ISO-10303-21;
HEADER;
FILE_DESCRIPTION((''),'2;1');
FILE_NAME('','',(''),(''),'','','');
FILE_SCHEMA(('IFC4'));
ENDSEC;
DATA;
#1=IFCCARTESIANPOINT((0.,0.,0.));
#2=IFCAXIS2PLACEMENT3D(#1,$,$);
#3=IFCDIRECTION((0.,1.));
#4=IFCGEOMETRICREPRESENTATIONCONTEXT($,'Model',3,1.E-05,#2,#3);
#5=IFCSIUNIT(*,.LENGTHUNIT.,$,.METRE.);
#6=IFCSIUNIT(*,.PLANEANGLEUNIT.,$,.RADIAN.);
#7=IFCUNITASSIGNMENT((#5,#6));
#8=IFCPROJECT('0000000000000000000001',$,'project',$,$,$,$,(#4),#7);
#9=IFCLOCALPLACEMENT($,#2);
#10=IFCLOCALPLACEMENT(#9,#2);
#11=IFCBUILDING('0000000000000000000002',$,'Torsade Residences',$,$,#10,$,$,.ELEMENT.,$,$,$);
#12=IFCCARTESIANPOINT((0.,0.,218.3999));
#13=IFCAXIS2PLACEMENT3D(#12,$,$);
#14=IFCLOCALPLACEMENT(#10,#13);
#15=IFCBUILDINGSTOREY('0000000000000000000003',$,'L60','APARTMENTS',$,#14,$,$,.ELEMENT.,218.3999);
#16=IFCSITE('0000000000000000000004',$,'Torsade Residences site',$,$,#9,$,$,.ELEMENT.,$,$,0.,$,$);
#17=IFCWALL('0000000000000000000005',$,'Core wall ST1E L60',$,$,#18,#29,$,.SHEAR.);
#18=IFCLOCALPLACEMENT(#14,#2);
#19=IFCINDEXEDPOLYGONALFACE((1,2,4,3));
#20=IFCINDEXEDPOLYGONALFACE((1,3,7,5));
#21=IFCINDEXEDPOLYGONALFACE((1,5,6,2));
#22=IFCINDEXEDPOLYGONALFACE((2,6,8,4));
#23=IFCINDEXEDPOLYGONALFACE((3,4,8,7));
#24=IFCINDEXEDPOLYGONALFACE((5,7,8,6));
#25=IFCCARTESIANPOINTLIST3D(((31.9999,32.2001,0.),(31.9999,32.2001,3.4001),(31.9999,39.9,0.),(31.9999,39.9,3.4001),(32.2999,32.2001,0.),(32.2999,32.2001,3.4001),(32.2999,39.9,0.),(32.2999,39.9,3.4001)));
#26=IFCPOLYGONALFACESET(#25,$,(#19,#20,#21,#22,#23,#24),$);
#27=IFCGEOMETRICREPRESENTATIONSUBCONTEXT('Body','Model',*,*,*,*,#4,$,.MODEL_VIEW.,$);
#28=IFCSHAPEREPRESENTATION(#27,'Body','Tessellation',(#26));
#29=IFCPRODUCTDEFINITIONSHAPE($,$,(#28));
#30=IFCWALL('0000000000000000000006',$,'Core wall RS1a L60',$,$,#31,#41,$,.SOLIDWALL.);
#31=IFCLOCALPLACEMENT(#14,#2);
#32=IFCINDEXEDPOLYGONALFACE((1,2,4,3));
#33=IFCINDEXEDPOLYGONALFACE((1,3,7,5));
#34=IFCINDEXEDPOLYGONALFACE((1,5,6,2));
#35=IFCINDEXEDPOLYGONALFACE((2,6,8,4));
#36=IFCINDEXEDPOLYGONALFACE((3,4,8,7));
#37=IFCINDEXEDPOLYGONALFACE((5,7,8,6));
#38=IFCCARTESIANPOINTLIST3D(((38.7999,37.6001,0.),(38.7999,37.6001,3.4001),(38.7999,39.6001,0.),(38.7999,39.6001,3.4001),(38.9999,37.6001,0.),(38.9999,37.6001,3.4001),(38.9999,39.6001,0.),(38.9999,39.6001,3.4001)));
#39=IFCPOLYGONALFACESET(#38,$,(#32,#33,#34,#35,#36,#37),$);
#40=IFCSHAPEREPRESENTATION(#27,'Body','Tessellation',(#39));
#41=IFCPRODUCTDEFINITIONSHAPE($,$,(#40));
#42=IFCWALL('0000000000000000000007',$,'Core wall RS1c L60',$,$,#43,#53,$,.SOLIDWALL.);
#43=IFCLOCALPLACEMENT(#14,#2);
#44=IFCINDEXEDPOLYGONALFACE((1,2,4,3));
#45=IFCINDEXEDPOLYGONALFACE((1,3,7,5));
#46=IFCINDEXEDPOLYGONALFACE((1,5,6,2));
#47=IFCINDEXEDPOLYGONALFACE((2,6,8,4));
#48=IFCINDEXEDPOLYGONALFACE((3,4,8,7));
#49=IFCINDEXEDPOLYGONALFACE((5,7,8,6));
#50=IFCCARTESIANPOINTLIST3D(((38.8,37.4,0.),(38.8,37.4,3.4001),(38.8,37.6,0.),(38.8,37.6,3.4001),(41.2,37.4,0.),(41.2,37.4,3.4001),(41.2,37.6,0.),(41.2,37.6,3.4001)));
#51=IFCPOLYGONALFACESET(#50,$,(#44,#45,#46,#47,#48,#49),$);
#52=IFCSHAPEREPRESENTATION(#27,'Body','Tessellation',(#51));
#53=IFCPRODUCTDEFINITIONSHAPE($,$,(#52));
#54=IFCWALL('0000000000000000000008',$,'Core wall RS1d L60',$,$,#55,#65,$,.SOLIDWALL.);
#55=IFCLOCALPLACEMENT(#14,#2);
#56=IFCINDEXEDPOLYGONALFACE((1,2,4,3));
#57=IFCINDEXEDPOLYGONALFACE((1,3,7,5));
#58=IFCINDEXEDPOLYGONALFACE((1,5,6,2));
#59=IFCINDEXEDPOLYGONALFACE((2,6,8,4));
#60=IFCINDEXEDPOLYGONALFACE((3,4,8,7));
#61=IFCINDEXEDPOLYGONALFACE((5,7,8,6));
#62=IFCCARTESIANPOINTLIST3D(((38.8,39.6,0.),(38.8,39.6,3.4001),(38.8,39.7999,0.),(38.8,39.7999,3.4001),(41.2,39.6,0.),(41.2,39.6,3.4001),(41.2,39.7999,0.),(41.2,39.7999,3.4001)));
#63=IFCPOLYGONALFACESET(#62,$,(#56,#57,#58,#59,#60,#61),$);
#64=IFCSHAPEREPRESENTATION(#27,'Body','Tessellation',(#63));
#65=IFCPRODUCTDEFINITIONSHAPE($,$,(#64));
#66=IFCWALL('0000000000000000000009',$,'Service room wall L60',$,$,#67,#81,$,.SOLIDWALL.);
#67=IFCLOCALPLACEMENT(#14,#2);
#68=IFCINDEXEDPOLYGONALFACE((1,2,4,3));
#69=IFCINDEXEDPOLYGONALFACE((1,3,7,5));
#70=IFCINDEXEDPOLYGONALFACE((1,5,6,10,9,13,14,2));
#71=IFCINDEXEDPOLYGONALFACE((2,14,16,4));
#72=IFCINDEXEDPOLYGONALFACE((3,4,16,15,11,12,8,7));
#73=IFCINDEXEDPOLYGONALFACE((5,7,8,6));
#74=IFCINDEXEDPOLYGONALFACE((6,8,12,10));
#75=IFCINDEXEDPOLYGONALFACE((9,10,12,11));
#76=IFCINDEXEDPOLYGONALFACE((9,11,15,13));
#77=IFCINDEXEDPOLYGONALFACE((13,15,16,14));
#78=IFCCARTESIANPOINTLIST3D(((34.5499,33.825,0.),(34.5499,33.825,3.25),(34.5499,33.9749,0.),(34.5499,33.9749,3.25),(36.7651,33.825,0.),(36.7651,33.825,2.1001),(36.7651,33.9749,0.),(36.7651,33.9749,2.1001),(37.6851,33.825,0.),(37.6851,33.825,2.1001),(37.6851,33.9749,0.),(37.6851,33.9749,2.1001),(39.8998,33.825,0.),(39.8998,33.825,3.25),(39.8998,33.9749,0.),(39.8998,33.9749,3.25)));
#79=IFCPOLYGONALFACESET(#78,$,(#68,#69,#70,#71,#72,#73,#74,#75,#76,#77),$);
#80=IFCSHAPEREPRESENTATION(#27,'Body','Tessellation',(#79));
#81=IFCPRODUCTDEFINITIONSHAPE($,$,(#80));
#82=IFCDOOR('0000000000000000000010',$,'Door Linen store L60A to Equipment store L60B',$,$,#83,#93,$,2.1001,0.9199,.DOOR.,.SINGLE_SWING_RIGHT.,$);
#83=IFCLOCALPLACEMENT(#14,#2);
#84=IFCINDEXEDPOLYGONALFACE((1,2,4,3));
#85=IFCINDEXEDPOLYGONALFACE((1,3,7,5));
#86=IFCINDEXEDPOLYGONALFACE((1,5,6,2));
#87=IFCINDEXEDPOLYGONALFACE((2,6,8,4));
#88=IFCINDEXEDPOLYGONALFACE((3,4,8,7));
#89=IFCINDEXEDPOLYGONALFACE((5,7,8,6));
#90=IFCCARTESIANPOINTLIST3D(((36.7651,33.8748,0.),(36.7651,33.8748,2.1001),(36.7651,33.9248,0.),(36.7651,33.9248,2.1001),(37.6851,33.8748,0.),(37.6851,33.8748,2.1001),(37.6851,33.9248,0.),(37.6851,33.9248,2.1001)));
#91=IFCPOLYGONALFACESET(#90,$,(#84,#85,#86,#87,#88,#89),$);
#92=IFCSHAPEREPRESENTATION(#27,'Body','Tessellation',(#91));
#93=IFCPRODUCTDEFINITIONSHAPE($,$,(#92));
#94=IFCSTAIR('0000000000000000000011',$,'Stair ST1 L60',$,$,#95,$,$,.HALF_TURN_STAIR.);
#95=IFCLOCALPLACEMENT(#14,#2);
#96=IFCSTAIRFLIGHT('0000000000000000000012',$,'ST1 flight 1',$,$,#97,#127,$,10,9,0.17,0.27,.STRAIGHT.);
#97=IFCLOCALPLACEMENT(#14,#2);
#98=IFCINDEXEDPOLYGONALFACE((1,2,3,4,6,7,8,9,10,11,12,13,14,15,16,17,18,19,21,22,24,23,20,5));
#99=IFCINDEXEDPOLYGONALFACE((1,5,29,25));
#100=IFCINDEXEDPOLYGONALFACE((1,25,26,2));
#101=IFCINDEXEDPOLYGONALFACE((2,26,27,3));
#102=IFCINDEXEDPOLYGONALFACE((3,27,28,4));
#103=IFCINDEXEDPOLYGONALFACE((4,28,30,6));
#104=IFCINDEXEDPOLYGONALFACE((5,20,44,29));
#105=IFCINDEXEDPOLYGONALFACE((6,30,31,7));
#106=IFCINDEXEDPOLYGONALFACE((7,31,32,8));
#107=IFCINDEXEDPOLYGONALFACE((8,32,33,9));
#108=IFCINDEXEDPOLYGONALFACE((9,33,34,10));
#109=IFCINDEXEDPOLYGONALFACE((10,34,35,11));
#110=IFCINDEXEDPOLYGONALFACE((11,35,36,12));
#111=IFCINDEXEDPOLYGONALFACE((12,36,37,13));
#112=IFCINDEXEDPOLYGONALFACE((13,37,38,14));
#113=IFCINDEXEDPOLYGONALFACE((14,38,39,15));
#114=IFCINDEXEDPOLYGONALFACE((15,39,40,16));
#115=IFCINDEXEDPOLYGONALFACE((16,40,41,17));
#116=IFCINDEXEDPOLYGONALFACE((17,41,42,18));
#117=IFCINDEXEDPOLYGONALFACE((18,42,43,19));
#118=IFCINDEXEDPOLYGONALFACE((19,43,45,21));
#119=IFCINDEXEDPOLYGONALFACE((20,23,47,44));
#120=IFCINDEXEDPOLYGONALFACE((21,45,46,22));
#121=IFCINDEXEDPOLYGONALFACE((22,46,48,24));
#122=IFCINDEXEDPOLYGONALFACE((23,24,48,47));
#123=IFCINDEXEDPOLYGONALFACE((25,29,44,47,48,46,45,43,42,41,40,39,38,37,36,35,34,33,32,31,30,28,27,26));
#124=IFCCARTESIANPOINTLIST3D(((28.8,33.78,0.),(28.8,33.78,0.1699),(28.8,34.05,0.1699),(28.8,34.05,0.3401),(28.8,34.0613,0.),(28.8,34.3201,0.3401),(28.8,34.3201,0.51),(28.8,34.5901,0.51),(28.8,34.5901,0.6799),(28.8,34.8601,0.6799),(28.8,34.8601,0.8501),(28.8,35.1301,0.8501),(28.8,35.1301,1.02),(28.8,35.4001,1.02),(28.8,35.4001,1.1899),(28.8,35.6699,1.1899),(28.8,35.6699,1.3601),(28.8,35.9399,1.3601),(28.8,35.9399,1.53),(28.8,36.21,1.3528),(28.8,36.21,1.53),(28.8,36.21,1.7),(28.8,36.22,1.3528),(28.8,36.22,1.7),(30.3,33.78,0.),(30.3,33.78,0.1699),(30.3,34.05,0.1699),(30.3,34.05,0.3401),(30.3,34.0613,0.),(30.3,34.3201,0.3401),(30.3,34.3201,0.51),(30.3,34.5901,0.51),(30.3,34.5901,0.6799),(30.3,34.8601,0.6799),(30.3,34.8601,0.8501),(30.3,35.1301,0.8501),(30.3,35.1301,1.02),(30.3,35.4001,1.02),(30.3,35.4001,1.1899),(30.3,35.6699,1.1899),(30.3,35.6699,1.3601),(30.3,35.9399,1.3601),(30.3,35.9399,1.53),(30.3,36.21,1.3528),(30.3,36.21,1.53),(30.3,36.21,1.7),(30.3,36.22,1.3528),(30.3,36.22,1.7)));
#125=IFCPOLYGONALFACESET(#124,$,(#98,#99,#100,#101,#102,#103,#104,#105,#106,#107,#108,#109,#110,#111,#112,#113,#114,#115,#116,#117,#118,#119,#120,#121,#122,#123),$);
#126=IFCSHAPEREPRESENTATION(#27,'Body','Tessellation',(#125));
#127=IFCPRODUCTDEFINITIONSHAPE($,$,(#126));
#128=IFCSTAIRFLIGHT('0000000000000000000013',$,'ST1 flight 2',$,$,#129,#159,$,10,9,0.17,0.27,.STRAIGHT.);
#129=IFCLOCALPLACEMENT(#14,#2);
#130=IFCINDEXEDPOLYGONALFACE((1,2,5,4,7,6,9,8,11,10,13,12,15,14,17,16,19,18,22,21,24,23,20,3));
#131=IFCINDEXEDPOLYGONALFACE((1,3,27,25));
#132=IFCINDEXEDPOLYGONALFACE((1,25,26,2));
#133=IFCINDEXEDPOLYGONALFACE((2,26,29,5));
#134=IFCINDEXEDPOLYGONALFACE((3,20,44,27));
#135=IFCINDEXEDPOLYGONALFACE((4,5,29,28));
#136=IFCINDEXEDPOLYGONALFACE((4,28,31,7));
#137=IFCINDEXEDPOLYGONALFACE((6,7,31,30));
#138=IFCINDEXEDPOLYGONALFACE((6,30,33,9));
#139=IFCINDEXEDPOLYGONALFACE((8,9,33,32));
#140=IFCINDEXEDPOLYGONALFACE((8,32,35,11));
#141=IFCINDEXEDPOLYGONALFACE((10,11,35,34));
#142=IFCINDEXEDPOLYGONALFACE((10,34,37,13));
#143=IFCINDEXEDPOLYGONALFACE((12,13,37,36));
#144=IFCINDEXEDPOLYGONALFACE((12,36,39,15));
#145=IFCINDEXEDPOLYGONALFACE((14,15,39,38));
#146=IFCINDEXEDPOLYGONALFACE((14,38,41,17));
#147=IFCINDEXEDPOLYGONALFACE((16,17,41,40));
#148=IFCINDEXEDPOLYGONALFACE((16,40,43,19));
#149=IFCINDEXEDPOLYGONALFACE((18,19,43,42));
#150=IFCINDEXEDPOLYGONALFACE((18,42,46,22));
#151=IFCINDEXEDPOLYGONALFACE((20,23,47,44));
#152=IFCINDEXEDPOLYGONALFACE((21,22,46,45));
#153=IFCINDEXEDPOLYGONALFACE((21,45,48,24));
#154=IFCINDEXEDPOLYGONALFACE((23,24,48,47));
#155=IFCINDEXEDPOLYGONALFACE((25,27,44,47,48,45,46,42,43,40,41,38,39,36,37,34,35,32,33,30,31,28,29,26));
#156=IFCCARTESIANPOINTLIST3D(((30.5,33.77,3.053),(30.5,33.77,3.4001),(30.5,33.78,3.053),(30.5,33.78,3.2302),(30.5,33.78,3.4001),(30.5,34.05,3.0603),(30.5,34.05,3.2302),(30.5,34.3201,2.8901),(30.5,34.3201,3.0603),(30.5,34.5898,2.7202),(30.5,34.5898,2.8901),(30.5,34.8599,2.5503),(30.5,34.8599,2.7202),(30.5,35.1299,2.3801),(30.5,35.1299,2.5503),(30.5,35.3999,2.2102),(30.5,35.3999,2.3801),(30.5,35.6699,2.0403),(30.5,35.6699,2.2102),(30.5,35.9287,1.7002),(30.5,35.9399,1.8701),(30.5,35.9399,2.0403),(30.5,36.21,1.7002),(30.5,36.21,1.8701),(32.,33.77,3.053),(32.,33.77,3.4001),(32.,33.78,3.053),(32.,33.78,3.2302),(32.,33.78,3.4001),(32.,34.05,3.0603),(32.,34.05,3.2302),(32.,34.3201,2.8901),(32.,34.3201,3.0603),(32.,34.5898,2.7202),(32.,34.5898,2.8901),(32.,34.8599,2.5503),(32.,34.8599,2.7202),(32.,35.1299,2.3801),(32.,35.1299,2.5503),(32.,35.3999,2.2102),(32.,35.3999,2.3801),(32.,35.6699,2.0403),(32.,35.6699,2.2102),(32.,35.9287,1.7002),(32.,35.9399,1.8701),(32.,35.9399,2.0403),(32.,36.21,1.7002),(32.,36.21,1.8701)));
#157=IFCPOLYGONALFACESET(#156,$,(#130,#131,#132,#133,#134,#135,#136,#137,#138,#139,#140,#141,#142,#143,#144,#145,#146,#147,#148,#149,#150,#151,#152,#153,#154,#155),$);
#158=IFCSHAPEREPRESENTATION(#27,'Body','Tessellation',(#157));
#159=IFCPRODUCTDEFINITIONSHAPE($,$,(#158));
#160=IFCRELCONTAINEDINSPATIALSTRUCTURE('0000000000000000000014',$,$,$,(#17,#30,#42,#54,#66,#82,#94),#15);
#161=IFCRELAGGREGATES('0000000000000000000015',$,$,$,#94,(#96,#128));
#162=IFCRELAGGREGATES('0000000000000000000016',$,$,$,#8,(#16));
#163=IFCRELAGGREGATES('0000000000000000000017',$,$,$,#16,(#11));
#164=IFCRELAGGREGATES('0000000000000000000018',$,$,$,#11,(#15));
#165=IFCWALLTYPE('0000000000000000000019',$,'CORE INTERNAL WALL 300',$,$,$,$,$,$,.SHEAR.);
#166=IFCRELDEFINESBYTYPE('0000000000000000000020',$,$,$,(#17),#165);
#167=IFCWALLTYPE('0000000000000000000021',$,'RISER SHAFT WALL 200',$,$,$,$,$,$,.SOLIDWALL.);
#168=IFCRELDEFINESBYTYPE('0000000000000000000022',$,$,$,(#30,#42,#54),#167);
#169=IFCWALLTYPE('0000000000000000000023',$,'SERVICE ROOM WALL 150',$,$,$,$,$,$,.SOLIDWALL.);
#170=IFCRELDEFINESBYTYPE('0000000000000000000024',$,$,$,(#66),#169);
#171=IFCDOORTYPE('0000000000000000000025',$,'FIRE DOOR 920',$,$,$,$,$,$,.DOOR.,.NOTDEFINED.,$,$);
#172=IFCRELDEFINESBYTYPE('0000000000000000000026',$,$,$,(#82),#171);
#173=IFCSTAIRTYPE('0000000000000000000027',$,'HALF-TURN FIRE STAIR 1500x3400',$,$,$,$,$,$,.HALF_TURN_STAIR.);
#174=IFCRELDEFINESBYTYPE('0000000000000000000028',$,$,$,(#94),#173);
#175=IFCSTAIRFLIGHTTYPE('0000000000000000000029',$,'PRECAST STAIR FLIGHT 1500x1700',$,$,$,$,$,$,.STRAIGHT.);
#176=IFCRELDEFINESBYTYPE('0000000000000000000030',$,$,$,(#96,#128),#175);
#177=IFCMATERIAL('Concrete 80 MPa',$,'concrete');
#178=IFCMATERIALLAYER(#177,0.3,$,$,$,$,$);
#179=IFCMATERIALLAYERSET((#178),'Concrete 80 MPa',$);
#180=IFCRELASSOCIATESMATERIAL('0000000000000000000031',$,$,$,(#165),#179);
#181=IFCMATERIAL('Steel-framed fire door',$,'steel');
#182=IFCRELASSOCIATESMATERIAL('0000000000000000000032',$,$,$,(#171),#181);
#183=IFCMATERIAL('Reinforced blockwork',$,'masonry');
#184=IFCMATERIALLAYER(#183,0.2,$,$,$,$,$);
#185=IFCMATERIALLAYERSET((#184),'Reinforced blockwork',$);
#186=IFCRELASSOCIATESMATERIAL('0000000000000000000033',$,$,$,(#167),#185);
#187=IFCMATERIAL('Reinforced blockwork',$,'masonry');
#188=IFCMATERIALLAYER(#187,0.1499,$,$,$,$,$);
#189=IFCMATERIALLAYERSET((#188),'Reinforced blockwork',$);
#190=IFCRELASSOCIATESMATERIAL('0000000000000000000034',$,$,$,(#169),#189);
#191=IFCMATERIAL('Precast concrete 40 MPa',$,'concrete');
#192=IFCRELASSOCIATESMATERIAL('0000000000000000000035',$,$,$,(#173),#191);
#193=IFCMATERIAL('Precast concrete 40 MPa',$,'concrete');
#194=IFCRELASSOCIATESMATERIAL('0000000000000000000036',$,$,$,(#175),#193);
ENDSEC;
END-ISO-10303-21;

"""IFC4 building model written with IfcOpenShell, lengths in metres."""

from ifc_helpers import new_model, si_unit, direction, frame, frame_2d, origin, place, context, subcontext, project, spatial, polyline, rectangle, outline, extrude, material, layer, layer_set, type_object, element, fill, aggregate, save


model = new_model("IFC4")

# Units and contexts
model_context = context("Model", 3, precision=1e-05, world=origin(), true_north=direction((0.0, 1.0)))
body_context = subcontext(model_context, "Body", "Model", "MODEL_VIEW")
ifc_project = project(units=[si_unit("LENGTHUNIT", "METRE"), si_unit("PLANEANGLEUNIT", "RADIAN")], contexts=[model_context])

# Site, building, storey
site_placement = place(None, origin())
site = spatial("IfcSite", under=ifc_project, at=site_placement, Name="Torsade Residences site", CompositionType="ELEMENT", RefElevation=0.0)
building_placement = place(site_placement, origin())
building = spatial("IfcBuilding", under=site, at=building_placement, Name="Torsade Residences", CompositionType="ELEMENT")
storey_placement = place(building_placement, frame((0.0, 0.0, 218.3999)))
storey = spatial("IfcBuildingStorey", under=building, at=storey_placement, Name="L60", Description="APARTMENTS", CompositionType="ELEMENT", Elevation=218.3999)

# Shared definitions
ifc_material_1 = material(Name="Concrete 80 MPa", Category="concrete")
ifc_layer_1 = layer(ifc_material_1, 0.3)
ifc_layer_set_1 = layer_set([ifc_layer_1], Name="Concrete 80 MPa")
wall_type_1 = type_object("IfcWallType", Name="CORE INTERNAL WALL 300", PredefinedType="SHEAR", material=ifc_layer_set_1)
ifc_material_2 = material(Name="Steel-framed fire door", Category="steel")
door_type_1 = type_object("IfcDoorType", Name="FIRE DOOR 920", OperationType="NOTDEFINED", PredefinedType="DOOR", material=ifc_material_2)

# Walls
wall_1_placement = place(storey_placement, frame((32.1499, 32.2, 0.0), z_axis=(0.0, 0.0, 1.0), x_axis=(0.0, 1.0, 0.0)))
element("IfcWall", 1, at=wall_1_placement, inside=storey, type_object=wall_type_1, Name="Core wall ST1E L60", PredefinedType="SHEAR", context=body_context, shape_type="SweptSolid", body=[
    extrude(rectangle(XDim=7.7, YDim=0.3, at=frame_2d((3.8501, 0.0))), origin(), (0.0, 0.0, 1.0), 3.4001),
])
ifc_material_3 = material(Name="Reinforced blockwork", Category="masonry")
ifc_layer_2 = layer(ifc_material_3, 0.2)
ifc_layer_set_2 = layer_set([ifc_layer_2], Name="Reinforced blockwork")
wall_type_2 = type_object("IfcWallType", Name="RISER SHAFT WALL 200", PredefinedType="SOLIDWALL", material=ifc_layer_set_2)
wall_2_placement = place(storey_placement, frame((38.8999, 37.6001, 0.0), z_axis=(0.0, 0.0, 1.0), x_axis=(0.0, 1.0, 0.0)))
element("IfcWall", 2, at=wall_2_placement, inside=storey, type_object=wall_type_2, Name="Core wall RS1a L60", PredefinedType="SOLIDWALL", context=body_context, shape_type="SweptSolid", body=[
    extrude(rectangle(XDim=2.0, YDim=0.2, at=frame_2d((1.0, 0.0))), origin(), (0.0, 0.0, 1.0), 3.4001),
])
for number, where, z_axis, x_axis, name in (
    (3, (38.8, 37.5, 0.0), (0.0, 0.0, 1.0), (1.0, 0.0, 0.0), "Core wall RS1c L60"),
    (4, (38.8, 39.7, 0.0), (0.0, 0.0, 1.0), (1.0, 0.0, 0.0), "Core wall RS1d L60"),
):
    element("IfcWall", number, at=place(storey_placement, frame(where, z_axis=z_axis, x_axis=x_axis)), inside=storey, type_object=wall_type_2, Name=name, PredefinedType="SOLIDWALL", context=body_context, shape_type="SweptSolid", body=[
        extrude(rectangle(XDim=2.3999, YDim=0.2, at=frame_2d((1.2, 0.0))), origin(), (0.0, 0.0, 1.0), 3.4001),
    ])

# Wall, opening, door
ifc_material_4 = material(Name="Reinforced blockwork", Category="masonry")
ifc_layer_3 = layer(ifc_material_4, 0.1499)
ifc_layer_set_3 = layer_set([ifc_layer_3], Name="Reinforced blockwork")
wall_type_3 = type_object("IfcWallType", Name="SERVICE ROOM WALL 150", PredefinedType="SOLIDWALL", material=ifc_layer_set_3)
wall_3_placement = place(storey_placement, frame((34.55, 33.8999, 0.0), z_axis=(0.0, 0.0, 1.0), x_axis=(1.0, 0.0, 0.0)))
wall_3 = element("IfcWall", 5, at=wall_3_placement, inside=storey, type_object=wall_type_3, Name="Service room wall L60", PredefinedType="SOLIDWALL", context=body_context, shape_type="SweptSolid", body=[
    extrude(rectangle(XDim=5.3499, YDim=0.1499, at=frame_2d((2.6748, 0.0))), origin(), (0.0, 0.0, 1.0), 3.25),
])
opening_1_placement = place(wall_3_placement, frame((2.2151, 0.0, 0.0)))
opening_1 = element("IfcOpeningElement", 6, at=opening_1_placement, cuts=wall_3, PredefinedType="OPENING", context=body_context, shape_type="SweptSolid", body=[
    extrude(rectangle(XDim=0.9199, YDim=2.1001, at=frame_2d((0.46, 1.05))), frame((0.0, 0.085, 0.0), z_axis=(0.0, -1.0, 0.0), x_axis=(1.0, 0.0, 0.0)), (0.0, 0.0, 1.0), 0.1699),
])
door_1_placement = place(opening_1_placement, origin())
door_1 = element("IfcDoor", 7, at=door_1_placement, inside=storey, type_object=door_type_1, Name="Door Linen store L60A to Equipment store L60B", OperationType="SINGLE_SWING_RIGHT", OverallHeight=2.1001, OverallWidth=0.9199, PredefinedType="DOOR", context=body_context, shape_type="SweptSolid", body=[
    extrude(rectangle(XDim=0.9199, YDim=2.1001, at=frame_2d((0.46, 1.05))), frame((0.0, 0.0249, 0.0), z_axis=(0.0, -1.0, 0.0), x_axis=(1.0, 0.0, 0.0)), (0.0, 0.0, 1.0), 0.05),
])
fill(opening_1, door_1)

# Stair, stair flights
ifc_material_5 = material(Name="Precast concrete 40 MPa", Category="concrete")
stair_type = type_object("IfcStairType", Name="HALF-TURN FIRE STAIR 1500x3400", PredefinedType="HALF_TURN_STAIR", material=ifc_material_5)
stair_placement = place(storey_placement, origin())
stair = element("IfcStair", 8, at=stair_placement, inside=storey, type_object=stair_type, Name="Stair ST1 L60", PredefinedType="HALF_TURN_STAIR")
ifc_material_6 = material(Name="Precast concrete 40 MPa", Category="concrete")
stair_flight_type = type_object("IfcStairFlightType", Name="PRECAST STAIR FLIGHT 1500x1700", PredefinedType="STRAIGHT", material=ifc_material_6)
stair_flight_1_placement = place(storey_placement, frame((29.55, 33.78, 0.0), z_axis=(0.0, 0.0, 1.0), x_axis=(0.0, 1.0, 0.0)))
stair_flight_1 = element("IfcStairFlight", 9, at=stair_flight_1_placement, type_object=stair_flight_type, Name="ST1 flight 1", NumberOfRisers=10, NumberOfTreads=9, PredefinedType="STRAIGHT", RiserHeight=0.17, TreadLength=0.27, context=body_context, shape_type="SweptSolid", body=[
    extrude(outline(polyline([(0.0, 0.0), (0.0, 0.1699), (0.27, 0.1699), (0.27, 0.3401), (0.54, 0.3401), (0.54, 0.51), (0.8101, 0.51), (0.8101, 0.6799), (1.0801, 0.6799), (1.0801, 0.8501), (1.3501, 0.8501), (1.3501, 1.02), (1.6201, 1.02), (1.6201, 1.1899), (1.8899, 1.1899), (1.8899, 1.3601), (2.1599, 1.3601), (2.1599, 1.53), (2.4299, 1.53), (2.4299, 1.7), (2.4399, 1.7), (2.4399, 1.3528), (2.4299, 1.3528), (0.2812, 0.0), (0.0, 0.0)])), frame((0.0, 0.75, 0.0), z_axis=(0.0, -1.0, 0.0), x_axis=(1.0, 0.0, 0.0)), (0.0, 0.0, 1.0), 1.5),
])
stair_flight_2_placement = place(storey_placement, frame((31.25, 36.21, 1.7002), z_axis=(0.0, 0.0, 1.0), x_axis=(0.0, -1.0, 0.0)))
stair_flight_2 = element("IfcStairFlight", 10, at=stair_flight_2_placement, type_object=stair_flight_type, Name="ST1 flight 2", NumberOfRisers=10, NumberOfTreads=9, PredefinedType="STRAIGHT", RiserHeight=0.17, TreadLength=0.27, context=body_context, shape_type="SweptSolid", body=[
    extrude(outline(polyline([(0.0, 0.0), (0.0, 0.1699), (0.27, 0.1699), (0.27, 0.3401), (0.54, 0.3401), (0.54, 0.51), (0.8101, 0.51), (0.8101, 0.6799), (1.0801, 0.6799), (1.0801, 0.8501), (1.3501, 0.8501), (1.3501, 1.02), (1.6201, 1.02), (1.6201, 1.1899), (1.8899, 1.1899), (1.8899, 1.3601), (2.1599, 1.3601), (2.1599, 1.53), (2.4299, 1.53), (2.4299, 1.7), (2.4399, 1.7), (2.4399, 1.3528), (2.4299, 1.3528), (0.2812, 0.0), (0.0, 0.0)])), frame((0.0, 0.75, 0.0), z_axis=(0.0, -1.0, 0.0), x_axis=(1.0, 0.0, 0.0)), (0.0, 0.0, 1.0), 1.5),
])
aggregate(stair, [stair_flight_1, stair_flight_2])

save(model, "model.ifc")
